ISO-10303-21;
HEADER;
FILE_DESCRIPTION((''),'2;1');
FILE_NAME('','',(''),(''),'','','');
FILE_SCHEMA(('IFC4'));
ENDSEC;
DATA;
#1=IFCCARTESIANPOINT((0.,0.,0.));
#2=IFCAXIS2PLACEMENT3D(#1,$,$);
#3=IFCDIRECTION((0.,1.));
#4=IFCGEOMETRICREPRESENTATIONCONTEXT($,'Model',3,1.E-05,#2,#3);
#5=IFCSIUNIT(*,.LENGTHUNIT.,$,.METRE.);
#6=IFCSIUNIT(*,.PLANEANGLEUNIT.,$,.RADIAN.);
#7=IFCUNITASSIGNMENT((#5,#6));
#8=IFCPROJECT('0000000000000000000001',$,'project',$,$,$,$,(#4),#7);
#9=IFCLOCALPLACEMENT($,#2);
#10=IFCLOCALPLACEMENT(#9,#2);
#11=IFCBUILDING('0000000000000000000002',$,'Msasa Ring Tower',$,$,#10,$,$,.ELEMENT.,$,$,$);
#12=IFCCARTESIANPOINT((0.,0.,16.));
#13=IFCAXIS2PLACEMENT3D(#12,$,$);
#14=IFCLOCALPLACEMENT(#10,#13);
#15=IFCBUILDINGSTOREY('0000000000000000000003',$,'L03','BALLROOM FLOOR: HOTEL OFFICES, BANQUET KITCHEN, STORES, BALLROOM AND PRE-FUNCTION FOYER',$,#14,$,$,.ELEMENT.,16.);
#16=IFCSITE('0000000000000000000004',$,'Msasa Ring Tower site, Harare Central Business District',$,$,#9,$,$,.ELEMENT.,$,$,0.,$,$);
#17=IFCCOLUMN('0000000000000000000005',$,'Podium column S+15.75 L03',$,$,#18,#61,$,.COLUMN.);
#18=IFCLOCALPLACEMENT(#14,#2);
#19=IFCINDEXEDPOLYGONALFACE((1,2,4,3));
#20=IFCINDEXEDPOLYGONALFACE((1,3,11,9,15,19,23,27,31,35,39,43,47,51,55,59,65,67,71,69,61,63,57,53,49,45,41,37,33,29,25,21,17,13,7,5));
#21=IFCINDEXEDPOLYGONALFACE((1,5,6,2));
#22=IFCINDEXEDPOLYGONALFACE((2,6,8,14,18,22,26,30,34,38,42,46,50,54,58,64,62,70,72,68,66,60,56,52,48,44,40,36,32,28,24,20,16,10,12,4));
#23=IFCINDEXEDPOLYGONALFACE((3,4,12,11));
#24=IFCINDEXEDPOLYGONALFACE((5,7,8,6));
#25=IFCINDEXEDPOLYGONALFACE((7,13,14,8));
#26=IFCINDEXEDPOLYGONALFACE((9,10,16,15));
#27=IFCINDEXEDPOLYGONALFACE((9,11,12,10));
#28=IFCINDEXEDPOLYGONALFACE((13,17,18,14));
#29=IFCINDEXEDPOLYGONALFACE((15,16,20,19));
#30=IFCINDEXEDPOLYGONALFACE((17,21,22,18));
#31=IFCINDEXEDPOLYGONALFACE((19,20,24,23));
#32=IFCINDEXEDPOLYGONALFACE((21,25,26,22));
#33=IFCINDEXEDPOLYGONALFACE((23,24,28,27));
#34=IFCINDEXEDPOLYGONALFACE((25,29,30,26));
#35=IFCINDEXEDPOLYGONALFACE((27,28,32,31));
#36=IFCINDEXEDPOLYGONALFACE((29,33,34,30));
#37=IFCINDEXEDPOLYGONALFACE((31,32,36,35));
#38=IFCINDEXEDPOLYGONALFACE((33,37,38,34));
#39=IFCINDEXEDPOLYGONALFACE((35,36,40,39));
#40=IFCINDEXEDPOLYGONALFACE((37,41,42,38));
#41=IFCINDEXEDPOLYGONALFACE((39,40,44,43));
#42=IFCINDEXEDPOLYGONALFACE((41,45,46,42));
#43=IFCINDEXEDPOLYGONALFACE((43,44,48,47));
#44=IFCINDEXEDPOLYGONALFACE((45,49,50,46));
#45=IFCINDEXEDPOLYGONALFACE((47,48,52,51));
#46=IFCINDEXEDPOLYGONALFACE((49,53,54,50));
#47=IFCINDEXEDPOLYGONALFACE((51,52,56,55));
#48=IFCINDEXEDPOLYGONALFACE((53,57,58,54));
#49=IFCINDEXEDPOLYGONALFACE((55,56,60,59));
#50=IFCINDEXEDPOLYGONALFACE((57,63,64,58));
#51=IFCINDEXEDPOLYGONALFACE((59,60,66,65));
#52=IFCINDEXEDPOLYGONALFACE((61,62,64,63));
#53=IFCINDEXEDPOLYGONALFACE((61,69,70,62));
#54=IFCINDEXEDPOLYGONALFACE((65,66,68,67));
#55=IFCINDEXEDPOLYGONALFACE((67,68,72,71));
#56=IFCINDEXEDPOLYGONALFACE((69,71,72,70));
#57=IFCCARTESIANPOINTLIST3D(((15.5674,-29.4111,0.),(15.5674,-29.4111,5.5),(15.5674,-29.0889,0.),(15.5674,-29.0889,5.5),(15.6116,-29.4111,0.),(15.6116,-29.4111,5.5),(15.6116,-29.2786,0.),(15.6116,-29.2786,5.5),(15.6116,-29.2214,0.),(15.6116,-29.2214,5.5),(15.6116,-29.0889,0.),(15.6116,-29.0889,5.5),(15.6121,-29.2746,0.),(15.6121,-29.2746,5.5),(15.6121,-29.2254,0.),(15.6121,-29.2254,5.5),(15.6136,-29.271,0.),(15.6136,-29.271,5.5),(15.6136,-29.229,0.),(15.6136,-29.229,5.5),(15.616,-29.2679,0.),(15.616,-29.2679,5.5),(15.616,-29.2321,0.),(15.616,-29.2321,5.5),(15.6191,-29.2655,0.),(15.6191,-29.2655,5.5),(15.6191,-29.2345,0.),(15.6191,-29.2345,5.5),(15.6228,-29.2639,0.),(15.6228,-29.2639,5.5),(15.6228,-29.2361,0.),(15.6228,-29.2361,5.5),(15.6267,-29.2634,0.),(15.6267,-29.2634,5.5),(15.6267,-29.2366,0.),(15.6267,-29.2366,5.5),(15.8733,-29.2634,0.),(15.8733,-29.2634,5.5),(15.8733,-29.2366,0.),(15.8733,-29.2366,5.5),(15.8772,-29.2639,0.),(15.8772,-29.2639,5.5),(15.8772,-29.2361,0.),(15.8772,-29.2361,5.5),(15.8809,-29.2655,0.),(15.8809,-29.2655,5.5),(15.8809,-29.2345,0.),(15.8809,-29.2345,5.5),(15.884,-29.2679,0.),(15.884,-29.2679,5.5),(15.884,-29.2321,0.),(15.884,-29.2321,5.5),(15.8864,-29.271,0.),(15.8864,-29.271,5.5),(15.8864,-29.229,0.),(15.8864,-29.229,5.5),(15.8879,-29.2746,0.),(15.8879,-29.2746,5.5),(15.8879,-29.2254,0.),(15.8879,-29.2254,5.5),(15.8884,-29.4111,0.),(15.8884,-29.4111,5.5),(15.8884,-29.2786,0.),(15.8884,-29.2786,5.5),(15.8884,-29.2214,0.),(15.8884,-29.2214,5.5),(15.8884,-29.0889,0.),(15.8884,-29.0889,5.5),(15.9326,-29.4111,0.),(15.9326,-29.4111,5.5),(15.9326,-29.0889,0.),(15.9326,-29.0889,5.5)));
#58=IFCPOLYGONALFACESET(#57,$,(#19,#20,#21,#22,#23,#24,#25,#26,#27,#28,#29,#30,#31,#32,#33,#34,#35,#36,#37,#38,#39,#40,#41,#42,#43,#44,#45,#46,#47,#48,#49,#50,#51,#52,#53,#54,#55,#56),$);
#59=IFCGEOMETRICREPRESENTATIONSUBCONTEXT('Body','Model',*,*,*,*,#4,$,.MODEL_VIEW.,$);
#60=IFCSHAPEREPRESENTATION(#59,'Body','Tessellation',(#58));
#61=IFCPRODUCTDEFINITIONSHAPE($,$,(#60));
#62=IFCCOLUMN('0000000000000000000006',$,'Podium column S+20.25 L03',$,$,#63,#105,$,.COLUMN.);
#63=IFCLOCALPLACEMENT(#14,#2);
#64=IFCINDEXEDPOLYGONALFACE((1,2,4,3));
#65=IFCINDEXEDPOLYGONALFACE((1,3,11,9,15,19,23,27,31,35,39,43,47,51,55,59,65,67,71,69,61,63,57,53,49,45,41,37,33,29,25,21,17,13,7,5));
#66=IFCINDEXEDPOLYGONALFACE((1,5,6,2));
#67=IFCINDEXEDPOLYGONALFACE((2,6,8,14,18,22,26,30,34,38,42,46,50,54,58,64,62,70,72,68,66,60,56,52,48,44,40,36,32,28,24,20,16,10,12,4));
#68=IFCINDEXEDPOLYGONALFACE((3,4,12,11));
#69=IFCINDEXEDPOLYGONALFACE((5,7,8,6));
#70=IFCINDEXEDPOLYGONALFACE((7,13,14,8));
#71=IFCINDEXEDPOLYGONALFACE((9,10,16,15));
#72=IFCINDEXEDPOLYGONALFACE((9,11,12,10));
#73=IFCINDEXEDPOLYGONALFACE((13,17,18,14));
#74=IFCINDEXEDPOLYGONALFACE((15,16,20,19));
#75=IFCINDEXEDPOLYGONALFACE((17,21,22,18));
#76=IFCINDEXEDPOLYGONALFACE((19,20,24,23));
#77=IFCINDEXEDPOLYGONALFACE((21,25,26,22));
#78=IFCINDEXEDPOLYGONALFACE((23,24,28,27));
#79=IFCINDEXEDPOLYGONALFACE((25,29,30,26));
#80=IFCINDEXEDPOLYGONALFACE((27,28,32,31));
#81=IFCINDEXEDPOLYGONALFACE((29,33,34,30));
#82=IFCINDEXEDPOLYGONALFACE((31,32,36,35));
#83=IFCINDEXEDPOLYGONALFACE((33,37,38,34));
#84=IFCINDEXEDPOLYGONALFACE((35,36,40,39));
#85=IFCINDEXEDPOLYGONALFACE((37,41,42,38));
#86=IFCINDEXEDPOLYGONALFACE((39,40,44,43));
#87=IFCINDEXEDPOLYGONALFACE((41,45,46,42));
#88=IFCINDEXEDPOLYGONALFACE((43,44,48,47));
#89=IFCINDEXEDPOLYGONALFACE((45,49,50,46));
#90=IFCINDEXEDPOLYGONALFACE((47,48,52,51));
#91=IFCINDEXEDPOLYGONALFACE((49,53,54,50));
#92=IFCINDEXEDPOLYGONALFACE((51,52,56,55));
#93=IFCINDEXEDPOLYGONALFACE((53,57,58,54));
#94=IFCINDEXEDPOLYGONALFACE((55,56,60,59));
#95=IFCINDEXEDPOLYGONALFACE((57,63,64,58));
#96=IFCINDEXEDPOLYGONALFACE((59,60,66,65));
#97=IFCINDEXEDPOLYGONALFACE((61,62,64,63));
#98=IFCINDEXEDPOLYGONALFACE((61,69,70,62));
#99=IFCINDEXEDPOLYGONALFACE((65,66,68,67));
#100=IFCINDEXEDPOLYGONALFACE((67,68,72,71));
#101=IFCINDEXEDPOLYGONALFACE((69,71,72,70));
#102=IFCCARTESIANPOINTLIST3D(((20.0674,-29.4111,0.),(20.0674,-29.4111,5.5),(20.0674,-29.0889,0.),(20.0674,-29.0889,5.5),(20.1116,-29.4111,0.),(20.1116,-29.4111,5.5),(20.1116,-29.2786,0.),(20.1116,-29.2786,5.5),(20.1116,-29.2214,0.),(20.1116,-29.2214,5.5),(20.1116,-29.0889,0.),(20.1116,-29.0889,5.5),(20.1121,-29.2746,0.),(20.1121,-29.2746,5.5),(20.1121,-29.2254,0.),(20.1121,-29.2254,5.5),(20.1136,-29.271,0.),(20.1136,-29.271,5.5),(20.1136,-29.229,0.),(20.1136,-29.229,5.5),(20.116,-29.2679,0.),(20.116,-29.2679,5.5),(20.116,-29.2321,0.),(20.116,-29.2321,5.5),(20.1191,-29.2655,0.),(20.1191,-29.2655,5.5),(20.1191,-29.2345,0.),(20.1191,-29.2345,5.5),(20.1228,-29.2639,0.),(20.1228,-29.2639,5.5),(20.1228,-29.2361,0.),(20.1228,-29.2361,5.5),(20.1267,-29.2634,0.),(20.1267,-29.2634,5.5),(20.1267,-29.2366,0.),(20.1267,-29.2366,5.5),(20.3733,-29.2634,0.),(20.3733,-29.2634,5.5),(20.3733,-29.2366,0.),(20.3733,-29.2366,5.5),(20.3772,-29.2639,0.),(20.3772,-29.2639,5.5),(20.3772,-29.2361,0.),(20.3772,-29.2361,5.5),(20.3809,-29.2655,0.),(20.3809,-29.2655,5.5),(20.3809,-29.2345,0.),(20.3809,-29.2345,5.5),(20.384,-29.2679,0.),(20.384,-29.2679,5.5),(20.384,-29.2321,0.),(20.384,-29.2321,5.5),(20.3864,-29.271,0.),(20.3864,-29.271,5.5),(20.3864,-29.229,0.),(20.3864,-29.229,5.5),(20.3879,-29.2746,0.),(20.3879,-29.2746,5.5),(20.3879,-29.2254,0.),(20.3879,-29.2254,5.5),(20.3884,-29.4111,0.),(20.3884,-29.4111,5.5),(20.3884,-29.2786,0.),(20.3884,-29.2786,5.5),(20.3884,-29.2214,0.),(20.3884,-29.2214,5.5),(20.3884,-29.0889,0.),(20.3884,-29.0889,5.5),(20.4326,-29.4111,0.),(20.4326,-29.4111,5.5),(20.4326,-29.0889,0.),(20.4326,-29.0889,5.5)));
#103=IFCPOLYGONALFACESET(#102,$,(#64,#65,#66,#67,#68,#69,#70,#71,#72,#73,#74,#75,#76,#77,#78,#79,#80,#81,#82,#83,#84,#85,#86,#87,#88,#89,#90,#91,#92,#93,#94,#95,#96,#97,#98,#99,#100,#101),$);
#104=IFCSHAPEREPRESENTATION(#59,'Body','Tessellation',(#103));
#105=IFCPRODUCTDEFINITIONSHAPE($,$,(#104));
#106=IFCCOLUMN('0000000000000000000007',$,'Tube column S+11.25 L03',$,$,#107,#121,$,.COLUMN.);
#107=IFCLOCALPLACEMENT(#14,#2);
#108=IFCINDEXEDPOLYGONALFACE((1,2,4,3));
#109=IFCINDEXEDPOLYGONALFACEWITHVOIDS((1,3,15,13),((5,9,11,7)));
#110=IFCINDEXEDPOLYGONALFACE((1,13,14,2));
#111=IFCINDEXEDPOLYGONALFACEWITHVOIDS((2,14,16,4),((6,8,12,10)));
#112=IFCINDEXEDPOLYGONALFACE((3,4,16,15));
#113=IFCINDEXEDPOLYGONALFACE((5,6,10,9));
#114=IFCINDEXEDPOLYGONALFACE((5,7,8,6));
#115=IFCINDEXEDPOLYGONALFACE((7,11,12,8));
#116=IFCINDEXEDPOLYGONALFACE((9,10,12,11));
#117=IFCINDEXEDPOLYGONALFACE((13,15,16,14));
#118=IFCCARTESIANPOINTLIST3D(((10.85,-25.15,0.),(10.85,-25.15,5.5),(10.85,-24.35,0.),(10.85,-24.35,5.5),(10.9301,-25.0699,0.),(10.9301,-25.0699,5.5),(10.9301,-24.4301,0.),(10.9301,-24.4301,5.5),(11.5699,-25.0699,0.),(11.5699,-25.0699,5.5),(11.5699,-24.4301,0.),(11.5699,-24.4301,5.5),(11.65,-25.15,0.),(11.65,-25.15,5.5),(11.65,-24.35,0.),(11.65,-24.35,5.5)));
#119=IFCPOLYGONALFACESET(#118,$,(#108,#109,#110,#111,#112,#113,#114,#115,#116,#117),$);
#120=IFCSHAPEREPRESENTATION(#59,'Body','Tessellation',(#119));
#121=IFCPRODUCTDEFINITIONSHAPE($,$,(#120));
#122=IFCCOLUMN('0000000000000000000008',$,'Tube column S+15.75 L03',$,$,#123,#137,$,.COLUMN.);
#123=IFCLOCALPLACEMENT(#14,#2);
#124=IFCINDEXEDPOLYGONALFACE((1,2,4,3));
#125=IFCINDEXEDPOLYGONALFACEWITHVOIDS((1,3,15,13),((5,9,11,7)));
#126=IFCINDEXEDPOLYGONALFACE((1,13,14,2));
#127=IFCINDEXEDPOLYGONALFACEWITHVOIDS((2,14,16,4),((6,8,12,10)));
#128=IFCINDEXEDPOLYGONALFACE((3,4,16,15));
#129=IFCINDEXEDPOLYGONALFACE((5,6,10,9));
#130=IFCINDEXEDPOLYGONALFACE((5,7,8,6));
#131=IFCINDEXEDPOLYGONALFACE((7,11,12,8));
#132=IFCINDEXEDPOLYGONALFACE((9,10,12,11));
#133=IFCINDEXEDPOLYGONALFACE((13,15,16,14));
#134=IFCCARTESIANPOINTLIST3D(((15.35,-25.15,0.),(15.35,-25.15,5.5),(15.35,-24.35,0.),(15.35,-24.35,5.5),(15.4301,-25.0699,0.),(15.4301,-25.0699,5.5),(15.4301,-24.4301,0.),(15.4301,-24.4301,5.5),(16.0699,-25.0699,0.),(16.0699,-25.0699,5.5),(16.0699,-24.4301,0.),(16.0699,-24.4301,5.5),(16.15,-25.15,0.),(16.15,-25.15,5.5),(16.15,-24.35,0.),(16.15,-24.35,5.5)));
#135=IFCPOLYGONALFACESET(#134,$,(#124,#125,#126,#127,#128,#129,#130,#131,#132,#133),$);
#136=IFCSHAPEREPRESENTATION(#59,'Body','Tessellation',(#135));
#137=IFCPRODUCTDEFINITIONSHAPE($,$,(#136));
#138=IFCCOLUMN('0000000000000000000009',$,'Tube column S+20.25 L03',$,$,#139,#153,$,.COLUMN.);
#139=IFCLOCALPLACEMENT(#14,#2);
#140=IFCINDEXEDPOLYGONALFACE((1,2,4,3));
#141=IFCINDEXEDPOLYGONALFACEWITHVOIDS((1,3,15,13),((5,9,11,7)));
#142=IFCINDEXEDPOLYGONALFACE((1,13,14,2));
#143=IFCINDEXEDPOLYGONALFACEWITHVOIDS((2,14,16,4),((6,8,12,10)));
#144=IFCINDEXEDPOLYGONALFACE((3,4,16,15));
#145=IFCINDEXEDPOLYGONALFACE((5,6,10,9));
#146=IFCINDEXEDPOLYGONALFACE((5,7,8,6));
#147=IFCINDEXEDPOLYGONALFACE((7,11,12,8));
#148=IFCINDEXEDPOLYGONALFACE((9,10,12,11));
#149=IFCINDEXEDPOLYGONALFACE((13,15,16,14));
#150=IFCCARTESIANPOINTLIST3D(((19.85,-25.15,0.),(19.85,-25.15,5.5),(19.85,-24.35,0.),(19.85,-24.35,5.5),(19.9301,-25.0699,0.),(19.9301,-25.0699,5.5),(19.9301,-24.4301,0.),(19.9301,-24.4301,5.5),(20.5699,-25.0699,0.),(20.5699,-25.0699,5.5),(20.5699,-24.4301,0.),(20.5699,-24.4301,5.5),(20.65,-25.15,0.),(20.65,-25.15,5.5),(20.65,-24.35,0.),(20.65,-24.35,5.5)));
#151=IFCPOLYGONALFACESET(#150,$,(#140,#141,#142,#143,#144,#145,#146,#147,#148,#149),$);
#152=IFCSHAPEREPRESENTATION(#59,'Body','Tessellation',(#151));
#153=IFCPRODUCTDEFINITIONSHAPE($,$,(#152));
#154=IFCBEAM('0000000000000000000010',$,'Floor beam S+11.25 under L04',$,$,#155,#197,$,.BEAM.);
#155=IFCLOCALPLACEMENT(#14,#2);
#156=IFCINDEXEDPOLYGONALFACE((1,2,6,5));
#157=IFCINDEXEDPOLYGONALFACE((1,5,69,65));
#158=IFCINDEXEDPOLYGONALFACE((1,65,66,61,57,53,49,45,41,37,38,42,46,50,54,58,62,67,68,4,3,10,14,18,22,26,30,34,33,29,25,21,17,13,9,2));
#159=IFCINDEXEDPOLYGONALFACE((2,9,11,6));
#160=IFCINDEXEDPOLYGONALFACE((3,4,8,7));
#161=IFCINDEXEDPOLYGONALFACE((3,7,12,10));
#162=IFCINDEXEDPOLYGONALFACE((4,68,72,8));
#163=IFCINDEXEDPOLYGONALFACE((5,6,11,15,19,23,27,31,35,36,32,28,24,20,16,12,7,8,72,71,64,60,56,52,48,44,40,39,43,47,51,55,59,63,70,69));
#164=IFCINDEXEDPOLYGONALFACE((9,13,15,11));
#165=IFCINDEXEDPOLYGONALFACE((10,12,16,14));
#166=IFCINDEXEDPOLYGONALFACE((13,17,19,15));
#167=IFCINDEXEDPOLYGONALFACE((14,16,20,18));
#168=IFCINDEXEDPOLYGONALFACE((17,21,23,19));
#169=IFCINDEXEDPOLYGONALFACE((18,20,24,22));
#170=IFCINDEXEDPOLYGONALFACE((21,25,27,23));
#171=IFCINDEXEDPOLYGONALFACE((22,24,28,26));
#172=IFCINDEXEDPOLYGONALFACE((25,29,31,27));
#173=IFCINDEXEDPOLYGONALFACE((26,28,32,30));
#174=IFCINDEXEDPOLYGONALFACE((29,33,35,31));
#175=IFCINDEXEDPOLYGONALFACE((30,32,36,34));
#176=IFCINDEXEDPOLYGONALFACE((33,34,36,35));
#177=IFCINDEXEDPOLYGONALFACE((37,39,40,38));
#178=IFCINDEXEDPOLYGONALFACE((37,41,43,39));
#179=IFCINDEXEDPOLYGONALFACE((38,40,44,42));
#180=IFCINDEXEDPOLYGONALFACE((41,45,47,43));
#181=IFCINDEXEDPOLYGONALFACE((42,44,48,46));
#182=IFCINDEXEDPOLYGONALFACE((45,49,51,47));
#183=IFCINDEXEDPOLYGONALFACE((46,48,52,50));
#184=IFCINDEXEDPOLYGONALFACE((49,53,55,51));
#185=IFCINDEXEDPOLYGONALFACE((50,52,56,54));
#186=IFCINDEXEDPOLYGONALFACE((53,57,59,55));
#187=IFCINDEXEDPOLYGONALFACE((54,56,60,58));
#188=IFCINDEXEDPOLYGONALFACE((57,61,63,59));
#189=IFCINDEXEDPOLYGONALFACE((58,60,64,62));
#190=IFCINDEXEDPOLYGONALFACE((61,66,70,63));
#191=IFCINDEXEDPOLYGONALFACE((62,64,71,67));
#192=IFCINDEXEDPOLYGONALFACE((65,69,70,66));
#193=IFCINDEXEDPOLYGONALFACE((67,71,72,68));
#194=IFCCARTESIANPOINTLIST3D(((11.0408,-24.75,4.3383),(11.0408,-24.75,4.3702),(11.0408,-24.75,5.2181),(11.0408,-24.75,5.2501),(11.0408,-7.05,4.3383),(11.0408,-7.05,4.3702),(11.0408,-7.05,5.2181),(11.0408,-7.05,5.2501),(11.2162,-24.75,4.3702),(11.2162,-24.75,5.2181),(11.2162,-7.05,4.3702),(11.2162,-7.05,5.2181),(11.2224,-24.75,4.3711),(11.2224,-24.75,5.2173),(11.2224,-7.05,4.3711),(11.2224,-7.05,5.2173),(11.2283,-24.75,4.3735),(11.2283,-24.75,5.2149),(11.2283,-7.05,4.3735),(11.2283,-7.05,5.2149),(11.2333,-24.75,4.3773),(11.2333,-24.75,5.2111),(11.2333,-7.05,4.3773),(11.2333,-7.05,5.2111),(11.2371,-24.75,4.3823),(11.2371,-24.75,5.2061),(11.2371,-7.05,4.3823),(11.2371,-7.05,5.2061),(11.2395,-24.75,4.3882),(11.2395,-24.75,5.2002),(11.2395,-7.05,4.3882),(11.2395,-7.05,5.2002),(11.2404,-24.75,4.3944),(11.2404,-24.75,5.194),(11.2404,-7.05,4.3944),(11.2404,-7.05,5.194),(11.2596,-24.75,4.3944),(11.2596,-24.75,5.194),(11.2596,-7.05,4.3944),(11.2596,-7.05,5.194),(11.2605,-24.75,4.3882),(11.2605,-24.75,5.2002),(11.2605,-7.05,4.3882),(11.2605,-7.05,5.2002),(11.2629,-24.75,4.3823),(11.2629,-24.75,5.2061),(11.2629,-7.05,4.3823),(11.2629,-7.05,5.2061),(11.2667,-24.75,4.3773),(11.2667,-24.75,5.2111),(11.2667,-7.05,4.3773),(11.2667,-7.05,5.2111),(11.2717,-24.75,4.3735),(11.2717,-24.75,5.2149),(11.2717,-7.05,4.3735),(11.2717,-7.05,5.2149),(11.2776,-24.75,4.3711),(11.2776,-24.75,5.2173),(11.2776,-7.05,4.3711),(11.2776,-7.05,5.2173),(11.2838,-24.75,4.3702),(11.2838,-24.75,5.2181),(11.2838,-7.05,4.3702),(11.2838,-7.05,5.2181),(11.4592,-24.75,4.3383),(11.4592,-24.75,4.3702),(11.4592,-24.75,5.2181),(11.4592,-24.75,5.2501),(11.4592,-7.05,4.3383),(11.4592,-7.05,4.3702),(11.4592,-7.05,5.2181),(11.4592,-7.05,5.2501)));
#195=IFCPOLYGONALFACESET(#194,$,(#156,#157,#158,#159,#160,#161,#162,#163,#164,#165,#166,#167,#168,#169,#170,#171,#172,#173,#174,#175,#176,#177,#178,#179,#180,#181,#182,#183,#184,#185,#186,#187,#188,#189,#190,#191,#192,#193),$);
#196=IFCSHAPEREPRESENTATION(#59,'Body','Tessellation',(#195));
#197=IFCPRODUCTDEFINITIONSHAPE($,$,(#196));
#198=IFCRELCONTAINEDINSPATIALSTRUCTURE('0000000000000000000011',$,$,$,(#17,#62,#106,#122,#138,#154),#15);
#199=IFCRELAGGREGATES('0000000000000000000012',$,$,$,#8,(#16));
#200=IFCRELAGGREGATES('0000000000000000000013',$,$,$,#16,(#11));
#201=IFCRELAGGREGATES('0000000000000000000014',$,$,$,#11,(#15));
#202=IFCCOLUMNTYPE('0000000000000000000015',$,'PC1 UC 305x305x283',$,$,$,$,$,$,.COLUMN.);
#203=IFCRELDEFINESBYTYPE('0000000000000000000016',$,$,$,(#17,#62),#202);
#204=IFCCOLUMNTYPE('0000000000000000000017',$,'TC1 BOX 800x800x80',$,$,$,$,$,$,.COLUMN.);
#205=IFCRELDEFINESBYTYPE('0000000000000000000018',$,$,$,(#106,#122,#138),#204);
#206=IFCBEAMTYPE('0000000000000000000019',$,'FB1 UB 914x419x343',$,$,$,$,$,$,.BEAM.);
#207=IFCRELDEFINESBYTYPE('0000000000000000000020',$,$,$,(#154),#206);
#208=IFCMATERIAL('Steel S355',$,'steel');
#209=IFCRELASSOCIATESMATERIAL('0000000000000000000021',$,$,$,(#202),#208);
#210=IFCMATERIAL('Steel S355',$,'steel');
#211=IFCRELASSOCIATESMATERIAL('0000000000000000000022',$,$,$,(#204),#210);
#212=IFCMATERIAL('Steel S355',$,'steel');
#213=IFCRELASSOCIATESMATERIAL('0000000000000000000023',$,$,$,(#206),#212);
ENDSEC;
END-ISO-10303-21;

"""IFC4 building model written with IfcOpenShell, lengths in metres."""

from ifc_helpers import new_model, si_unit, direction, frame, origin, origin_2d, place, context, subcontext, project, spatial, hollow_rectangle, i_section, extrude, material, material_profile, profile_set, type_object, element, save


model = new_model("IFC4")

# Units and contexts
model_context = context("Model", 3, precision=1e-05, world=origin(), true_north=direction((0.0, 1.0)))
body_context = subcontext(model_context, "Body", "Model", "MODEL_VIEW")
ifc_project = project(units=[si_unit("LENGTHUNIT", "METRE"), si_unit("PLANEANGLEUNIT", "RADIAN")], contexts=[model_context])

# Site, building, storey
site_placement = place(None, origin())
site = spatial("IfcSite", under=ifc_project, at=site_placement, Name="Msasa Ring Tower site, Harare Central Business District", CompositionType="ELEMENT", RefElevation=0.0)
building_placement = place(site_placement, origin())
building = spatial("IfcBuilding", under=site, at=building_placement, Name="Msasa Ring Tower", CompositionType="ELEMENT")
storey_placement = place(building_placement, frame((0.0, 0.0, 16.0)))
storey = spatial("IfcBuildingStorey", under=building, at=storey_placement, Name="L03", Description="BALLROOM FLOOR: HOTEL OFFICES, BANQUET KITCHEN, STORES, BALLROOM AND PRE-FUNCTION FOYER", CompositionType="ELEMENT", Elevation=16.0)

# Columns
ifc_material_1 = material(Name="Steel S355", Category="steel")
ifc_material_profile_1 = material_profile(ifc_material_1, i_section(OverallWidth=0.3223, OverallDepth=0.3652, WebThickness=0.0269, FlangeThickness=0.0442, FilletRadius=0.0151, at=origin_2d()), Name="UC 305x305x283")
ifc_profile_set_1 = profile_set([ifc_material_profile_1], Name="Steel S355")
column_type_1 = type_object("IfcColumnType", Name="PC1 UC 305x305x283", PredefinedType="COLUMN", material=ifc_profile_set_1)
for number, where, z_axis, x_axis, name in (
    (1, (15.75, -29.25, 0.0), (0.0, 0.0, 1.0), (0.0, 1.0, 0.0), "Podium column S+15.75 L03"),
    (2, (20.25, -29.25, 0.0), (0.0, 0.0, 1.0), (0.0, 1.0, 0.0), "Podium column S+20.25 L03"),
):
    element("IfcColumn", number, at=place(storey_placement, frame(where, z_axis=z_axis, x_axis=x_axis)), inside=storey, type_object=column_type_1, Name=name, PredefinedType="COLUMN", context=body_context, shape_type="SweptSolid", body=[
        extrude(i_section(OverallWidth=0.3223, OverallDepth=0.3652, WebThickness=0.0269, FlangeThickness=0.0442, FilletRadius=0.0151, at=origin_2d()), origin(), (0.0, 0.0, 1.0), 5.5),
    ])
ifc_material_2 = material(Name="Steel S355", Category="steel")
ifc_material_profile_2 = material_profile(ifc_material_2, hollow_rectangle(XDim=0.8, YDim=0.8, WallThickness=0.0801, at=origin_2d()), Name="BOX 800x800x80")
ifc_profile_set_2 = profile_set([ifc_material_profile_2], Name="Steel S355")
column_type_2 = type_object("IfcColumnType", Name="TC1 BOX 800x800x80", PredefinedType="COLUMN", material=ifc_profile_set_2)
for number, where, z_axis, x_axis, name in (
    (3, (11.25, -24.75, 0.0), (0.0, 0.0, 1.0), (0.0, 1.0, 0.0), "Tube column S+11.25 L03"),
    (4, (15.75, -24.75, 0.0), (0.0, 0.0, 1.0), (0.0, 1.0, 0.0), "Tube column S+15.75 L03"),
    (5, (20.25, -24.75, 0.0), (0.0, 0.0, 1.0), (0.0, 1.0, 0.0), "Tube column S+20.25 L03"),
):
    element("IfcColumn", number, at=place(storey_placement, frame(where, z_axis=z_axis, x_axis=x_axis)), inside=storey, type_object=column_type_2, Name=name, PredefinedType="COLUMN", context=body_context, shape_type="SweptSolid", body=[
        extrude(hollow_rectangle(XDim=0.8, YDim=0.8, WallThickness=0.0801, at=origin_2d()), origin(), (0.0, 0.0, 1.0), 5.5),
    ])

# Beam
ifc_material_3 = material(Name="Steel S355", Category="steel")
ifc_material_profile_3 = material_profile(ifc_material_3, i_section(OverallWidth=0.4185, OverallDepth=0.9119, WebThickness=0.0193, FlangeThickness=0.032, FilletRadius=0.0242, at=origin_2d()), Name="UB 914x419x343")
ifc_profile_set_3 = profile_set([ifc_material_profile_3], Name="Steel S355")
beam_type_1 = type_object("IfcBeamType", Name="FB1 UB 914x419x343", PredefinedType="BEAM", material=ifc_profile_set_3)
for number, where, z_axis, x_axis, name in (
    (6, (11.25, -24.75, 4.7942), (0.0, 1.0, 0.0), (-1.0, 0.0, 0.0), "Floor beam S+11.25 under L04"),
):
    element("IfcBeam", number, at=place(storey_placement, frame(where, z_axis=z_axis, x_axis=x_axis)), inside=storey, type_object=beam_type_1, Name=name, PredefinedType="BEAM", context=body_context, shape_type="SweptSolid", body=[
        extrude(i_section(OverallWidth=0.4185, OverallDepth=0.9119, WebThickness=0.0193, FlangeThickness=0.032, FilletRadius=0.0242, at=origin_2d()), origin(), (0.0, 0.0, 1.0), 17.7),
    ])

save(model, "model.ifc")
